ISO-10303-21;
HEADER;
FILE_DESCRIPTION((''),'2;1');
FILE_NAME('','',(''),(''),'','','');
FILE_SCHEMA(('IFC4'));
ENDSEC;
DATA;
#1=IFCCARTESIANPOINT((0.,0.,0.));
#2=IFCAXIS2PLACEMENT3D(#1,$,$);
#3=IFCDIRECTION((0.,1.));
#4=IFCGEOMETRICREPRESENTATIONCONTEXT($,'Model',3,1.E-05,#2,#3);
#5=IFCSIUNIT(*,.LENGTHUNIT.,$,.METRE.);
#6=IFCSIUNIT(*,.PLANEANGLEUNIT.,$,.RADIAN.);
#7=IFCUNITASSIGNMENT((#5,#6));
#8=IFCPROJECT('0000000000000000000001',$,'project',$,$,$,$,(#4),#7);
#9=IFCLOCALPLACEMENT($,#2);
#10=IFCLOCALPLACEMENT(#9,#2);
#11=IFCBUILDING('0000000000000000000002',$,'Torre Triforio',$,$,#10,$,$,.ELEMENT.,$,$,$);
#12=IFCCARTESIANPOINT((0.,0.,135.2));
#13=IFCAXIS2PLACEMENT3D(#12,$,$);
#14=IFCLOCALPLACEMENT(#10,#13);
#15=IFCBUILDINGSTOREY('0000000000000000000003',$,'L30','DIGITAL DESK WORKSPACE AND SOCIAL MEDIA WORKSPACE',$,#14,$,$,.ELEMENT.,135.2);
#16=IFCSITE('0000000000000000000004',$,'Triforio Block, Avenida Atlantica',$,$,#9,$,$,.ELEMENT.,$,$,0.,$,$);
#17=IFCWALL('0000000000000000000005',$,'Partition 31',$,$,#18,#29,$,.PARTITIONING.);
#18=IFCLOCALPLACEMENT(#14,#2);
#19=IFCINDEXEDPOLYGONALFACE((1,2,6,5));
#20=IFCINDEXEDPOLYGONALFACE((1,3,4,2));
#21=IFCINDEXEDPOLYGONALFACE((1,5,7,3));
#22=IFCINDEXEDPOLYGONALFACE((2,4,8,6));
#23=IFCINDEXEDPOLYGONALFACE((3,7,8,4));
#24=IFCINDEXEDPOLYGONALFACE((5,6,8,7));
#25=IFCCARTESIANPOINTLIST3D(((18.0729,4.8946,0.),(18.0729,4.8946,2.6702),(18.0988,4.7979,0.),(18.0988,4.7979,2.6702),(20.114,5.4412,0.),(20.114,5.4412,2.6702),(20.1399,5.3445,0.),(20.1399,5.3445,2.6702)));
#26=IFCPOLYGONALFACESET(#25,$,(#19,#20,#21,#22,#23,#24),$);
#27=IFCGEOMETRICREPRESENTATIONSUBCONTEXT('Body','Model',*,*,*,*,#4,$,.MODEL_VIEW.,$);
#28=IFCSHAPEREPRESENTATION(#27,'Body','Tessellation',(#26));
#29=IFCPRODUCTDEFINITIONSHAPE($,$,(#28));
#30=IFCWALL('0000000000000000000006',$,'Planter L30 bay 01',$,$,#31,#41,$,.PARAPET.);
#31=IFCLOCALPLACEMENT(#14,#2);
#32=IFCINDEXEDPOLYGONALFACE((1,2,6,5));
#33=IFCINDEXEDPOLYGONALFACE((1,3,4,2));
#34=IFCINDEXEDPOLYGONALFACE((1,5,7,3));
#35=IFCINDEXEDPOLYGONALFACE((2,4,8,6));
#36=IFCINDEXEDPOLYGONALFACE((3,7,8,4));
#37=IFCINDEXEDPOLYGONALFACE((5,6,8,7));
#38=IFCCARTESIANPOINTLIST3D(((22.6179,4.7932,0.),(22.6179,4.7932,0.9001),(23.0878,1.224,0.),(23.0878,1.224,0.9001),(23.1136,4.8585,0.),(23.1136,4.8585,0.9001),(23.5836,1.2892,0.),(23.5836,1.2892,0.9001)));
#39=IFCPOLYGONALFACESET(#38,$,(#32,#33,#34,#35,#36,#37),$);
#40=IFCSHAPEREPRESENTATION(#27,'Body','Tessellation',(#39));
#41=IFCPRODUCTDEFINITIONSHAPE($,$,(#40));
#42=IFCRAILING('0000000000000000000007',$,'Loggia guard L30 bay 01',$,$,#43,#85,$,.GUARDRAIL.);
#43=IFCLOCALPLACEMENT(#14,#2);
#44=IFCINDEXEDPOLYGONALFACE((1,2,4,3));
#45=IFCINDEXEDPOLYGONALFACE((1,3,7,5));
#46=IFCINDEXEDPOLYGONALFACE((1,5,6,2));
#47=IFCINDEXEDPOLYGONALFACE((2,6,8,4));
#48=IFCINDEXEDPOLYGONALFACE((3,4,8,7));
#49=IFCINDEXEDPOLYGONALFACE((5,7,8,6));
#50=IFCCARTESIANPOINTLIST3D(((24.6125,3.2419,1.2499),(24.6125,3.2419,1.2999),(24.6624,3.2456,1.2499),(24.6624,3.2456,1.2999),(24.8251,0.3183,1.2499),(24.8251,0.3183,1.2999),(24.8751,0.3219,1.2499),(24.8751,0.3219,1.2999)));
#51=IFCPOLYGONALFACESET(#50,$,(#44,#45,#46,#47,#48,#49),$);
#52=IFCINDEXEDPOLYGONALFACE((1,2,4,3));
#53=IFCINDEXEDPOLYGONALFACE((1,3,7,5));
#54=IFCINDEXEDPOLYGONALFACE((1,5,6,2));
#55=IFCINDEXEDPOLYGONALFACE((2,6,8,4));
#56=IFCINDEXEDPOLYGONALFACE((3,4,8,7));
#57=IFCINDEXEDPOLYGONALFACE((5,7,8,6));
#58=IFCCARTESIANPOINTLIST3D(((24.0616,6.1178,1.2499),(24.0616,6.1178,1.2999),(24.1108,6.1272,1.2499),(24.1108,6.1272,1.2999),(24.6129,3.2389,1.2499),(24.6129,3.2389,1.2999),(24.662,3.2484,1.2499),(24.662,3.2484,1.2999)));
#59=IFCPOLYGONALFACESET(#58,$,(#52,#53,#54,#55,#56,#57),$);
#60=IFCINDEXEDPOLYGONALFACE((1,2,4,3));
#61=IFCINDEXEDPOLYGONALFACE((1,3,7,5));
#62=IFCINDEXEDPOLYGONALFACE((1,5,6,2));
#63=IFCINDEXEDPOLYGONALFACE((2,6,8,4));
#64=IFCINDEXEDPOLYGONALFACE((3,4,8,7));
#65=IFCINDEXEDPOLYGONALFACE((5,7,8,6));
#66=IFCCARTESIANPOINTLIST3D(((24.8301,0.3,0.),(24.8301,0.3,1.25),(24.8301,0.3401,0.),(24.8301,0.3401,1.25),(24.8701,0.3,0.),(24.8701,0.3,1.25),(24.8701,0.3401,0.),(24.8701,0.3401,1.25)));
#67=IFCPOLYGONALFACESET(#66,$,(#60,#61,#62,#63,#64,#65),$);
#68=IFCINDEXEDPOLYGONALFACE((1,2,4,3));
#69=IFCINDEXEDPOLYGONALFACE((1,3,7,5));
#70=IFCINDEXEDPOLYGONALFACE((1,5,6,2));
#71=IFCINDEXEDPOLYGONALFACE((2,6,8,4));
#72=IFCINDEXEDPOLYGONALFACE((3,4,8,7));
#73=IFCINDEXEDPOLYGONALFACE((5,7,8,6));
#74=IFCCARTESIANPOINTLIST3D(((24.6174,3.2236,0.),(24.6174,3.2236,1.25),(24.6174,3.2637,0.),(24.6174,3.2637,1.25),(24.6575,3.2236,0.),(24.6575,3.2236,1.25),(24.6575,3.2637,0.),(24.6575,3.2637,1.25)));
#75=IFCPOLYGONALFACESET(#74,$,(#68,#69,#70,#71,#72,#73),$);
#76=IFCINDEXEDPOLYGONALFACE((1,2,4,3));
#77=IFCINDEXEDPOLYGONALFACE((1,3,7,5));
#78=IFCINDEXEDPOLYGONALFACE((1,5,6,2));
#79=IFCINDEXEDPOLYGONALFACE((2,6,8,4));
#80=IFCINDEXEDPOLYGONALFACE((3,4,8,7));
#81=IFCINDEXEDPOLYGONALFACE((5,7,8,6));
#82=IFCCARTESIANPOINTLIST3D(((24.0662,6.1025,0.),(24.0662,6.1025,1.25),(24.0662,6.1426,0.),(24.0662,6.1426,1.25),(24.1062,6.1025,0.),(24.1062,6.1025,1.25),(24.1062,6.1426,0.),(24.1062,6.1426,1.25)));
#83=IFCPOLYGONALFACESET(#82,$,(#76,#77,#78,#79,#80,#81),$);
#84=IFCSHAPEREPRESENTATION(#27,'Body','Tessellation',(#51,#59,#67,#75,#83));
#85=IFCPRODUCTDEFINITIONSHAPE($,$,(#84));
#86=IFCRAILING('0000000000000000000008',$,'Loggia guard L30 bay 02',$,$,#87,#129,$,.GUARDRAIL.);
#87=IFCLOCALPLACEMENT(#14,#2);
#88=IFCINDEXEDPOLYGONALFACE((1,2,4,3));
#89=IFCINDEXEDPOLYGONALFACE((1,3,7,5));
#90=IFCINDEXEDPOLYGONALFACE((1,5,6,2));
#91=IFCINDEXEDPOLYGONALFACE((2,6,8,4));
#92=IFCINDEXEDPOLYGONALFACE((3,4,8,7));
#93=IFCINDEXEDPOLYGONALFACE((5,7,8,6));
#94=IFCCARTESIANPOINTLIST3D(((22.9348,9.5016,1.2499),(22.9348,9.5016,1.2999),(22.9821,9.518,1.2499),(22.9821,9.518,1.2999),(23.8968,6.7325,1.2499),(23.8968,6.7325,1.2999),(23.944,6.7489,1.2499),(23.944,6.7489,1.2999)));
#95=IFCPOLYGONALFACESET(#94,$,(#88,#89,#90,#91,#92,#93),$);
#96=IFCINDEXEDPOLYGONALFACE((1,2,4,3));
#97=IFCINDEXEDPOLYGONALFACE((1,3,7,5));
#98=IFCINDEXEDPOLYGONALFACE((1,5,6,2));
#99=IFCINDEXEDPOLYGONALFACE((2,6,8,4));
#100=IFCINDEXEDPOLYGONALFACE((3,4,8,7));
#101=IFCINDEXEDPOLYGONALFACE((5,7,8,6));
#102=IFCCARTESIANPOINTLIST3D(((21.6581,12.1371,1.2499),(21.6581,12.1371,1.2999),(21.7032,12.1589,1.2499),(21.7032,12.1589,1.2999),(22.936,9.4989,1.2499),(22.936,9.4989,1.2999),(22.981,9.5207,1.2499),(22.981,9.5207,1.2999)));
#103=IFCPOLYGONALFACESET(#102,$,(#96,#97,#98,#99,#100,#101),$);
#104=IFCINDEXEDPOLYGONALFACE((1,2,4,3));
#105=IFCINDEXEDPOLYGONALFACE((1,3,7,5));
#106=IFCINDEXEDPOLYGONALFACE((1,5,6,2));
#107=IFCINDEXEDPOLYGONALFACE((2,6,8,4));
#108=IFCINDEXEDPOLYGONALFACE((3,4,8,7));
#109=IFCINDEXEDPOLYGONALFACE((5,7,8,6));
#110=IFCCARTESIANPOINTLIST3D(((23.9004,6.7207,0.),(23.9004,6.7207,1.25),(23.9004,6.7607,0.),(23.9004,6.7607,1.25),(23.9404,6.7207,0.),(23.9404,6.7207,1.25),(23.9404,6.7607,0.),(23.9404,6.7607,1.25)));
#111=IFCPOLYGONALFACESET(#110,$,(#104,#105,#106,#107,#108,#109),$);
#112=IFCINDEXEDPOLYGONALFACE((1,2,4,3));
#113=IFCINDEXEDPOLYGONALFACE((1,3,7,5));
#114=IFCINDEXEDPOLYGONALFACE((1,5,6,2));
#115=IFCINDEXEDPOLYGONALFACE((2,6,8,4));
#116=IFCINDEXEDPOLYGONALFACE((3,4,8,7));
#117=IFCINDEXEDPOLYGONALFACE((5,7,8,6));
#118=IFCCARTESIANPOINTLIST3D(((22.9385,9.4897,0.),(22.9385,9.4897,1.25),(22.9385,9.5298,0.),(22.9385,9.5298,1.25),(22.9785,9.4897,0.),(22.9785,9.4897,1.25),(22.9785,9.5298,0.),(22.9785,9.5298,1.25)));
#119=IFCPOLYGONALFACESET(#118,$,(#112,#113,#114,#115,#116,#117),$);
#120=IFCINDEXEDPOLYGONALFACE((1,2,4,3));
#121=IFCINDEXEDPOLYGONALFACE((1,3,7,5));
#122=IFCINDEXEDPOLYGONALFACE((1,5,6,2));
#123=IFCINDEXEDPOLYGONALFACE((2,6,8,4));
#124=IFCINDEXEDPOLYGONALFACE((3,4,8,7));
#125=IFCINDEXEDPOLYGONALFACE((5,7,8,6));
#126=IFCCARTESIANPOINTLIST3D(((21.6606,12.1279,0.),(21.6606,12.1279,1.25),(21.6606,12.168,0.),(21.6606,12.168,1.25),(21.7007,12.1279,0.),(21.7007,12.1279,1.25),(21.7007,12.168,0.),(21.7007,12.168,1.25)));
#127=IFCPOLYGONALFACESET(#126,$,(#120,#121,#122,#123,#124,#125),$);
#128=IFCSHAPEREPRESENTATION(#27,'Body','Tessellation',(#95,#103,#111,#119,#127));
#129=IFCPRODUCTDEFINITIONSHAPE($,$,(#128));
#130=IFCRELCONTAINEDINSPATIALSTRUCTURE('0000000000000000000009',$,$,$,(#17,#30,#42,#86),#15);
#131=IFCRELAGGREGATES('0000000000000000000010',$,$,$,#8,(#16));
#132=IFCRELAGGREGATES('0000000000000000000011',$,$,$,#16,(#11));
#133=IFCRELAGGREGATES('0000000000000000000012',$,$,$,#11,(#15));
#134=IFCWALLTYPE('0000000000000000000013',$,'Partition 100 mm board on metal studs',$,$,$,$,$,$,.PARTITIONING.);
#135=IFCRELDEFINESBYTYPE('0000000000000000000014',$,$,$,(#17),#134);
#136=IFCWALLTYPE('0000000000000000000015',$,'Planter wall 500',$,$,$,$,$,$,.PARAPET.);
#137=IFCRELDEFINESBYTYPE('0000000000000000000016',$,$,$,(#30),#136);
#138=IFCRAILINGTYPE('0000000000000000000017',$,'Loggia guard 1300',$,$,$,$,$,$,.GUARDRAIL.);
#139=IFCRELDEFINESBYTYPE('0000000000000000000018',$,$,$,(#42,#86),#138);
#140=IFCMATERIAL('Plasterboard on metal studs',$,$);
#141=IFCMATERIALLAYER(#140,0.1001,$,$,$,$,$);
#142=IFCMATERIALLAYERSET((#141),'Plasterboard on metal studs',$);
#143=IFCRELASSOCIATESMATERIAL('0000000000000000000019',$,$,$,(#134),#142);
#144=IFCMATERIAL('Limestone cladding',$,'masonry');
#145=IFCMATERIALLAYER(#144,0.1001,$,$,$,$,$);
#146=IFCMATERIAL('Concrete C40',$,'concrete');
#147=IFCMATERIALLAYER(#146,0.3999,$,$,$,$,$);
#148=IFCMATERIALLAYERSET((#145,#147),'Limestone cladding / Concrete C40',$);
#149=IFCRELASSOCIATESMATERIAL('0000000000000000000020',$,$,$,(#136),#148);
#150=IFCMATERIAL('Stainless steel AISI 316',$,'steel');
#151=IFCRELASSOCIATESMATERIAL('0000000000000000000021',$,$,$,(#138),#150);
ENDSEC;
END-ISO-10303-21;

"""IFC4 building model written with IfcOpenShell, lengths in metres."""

from ifc_helpers import new_model, si_unit, direction, frame, frame_2d, origin, origin_2d, place, context, subcontext, project, spatial, rectangle, extrude, material, layer, layer_set, type_object, element, save


model = new_model("IFC4")

# Units and contexts
model_context = context("Model", 3, precision=1e-05, world=origin(), true_north=direction((0.0, 1.0)))
body_context = subcontext(model_context, "Body", "Model", "MODEL_VIEW")
ifc_project = project(units=[si_unit("LENGTHUNIT", "METRE"), si_unit("PLANEANGLEUNIT", "RADIAN")], contexts=[model_context])

# Site, building, storey
site_placement = place(None, origin())
site = spatial("IfcSite", under=ifc_project, at=site_placement, Name="Triforio Block, Avenida Atlantica", CompositionType="ELEMENT", RefElevation=0.0)
building_placement = place(site_placement, origin())
building = spatial("IfcBuilding", under=site, at=building_placement, Name="Torre Triforio", CompositionType="ELEMENT")
storey_placement = place(building_placement, frame((0.0, 0.0, 135.2)))
storey = spatial("IfcBuildingStorey", under=building, at=storey_placement, Name="L30", Description="DIGITAL DESK WORKSPACE AND SOCIAL MEDIA WORKSPACE", CompositionType="ELEMENT", Elevation=135.2)

# Shared definitions
ifc_material_1 = material(Name="Plasterboard on metal studs")

# Walls
ifc_layer_1 = layer(ifc_material_1, 0.1001)
ifc_layer_set_1 = layer_set([ifc_layer_1], Name="Plasterboard on metal studs")
wall_type_1 = type_object("IfcWallType", Name="Partition 100 mm board on metal studs", PredefinedType="PARTITIONING", material=ifc_layer_set_1)
wall_1_placement = place(storey_placement, frame((18.0857, 4.8462, 0.0), z_axis=(0.0, 0.0, 1.0), x_axis=(0.965956, 0.258705, 0.0)))
element("IfcWall", 1, at=wall_1_placement, inside=storey, type_object=wall_type_1, Name="Partition 31", PredefinedType="PARTITIONING", context=body_context, shape_type="SweptSolid", body=[
    extrude(rectangle(XDim=2.113, YDim=0.1001, at=frame_2d((1.0566, 0.0))), origin(), (0.0, 0.0, 1.0), 2.6702),
])
ifc_material_2 = material(Name="Limestone cladding", Category="masonry")
ifc_layer_2 = layer(ifc_material_2, 0.1001)
ifc_material_3 = material(Name="Concrete C40", Category="concrete")
ifc_layer_3 = layer(ifc_material_3, 0.3999)
ifc_layer_set_2 = layer_set([ifc_layer_2, ifc_layer_3], Name="Limestone cladding / Concrete C40")
wall_type_2 = type_object("IfcWallType", Name="Planter wall 500", PredefinedType="PARAPET", material=ifc_layer_set_2)
wall_2_placement = place(storey_placement, frame((23.3357, 1.2566, 0.0), z_axis=(0.0, 0.0, 1.0), x_axis=(-0.130542, 0.991443, 0.0)))
element("IfcWall", 2, at=wall_2_placement, inside=storey, type_object=wall_type_2, Name="Planter L30 bay 01", PredefinedType="PARAPET", context=body_context, shape_type="SweptSolid", body=[
    extrude(rectangle(XDim=3.6001, YDim=0.5, at=frame_2d((1.8, 0.0))), origin(), (0.0, 0.0, 1.0), 0.9001),
])

# Railings
ifc_material_4 = material(Name="Stainless steel AISI 316", Category="steel")
railing_type = type_object("IfcRailingType", Name="Loggia guard 1300", PredefinedType="GUARDRAIL", material=ifc_material_4)
railing_1_placement = place(storey_placement, frame((24.8501, 0.3201, 0.0)))
element("IfcRailing", 3, at=railing_1_placement, inside=storey, type_object=railing_type, Name="Loggia guard L30 bay 01", PredefinedType="GUARDRAIL", context=body_context, shape_type="SweptSolid", body=[
    extrude(rectangle(XDim=0.05, YDim=0.05, at=origin_2d()), frame((0.0, 0.0, 1.2749), z_axis=(-0.072543, 0.997365, 0.0), x_axis=(-0.997365, -0.072543, 0.0)), (0.0, 0.0, 1.0), 2.9314),
    extrude(rectangle(XDim=0.05, YDim=0.05, at=origin_2d()), frame((-0.2126, 2.9236, 1.2749), z_axis=(-0.188069, 0.982156, 0.0), x_axis=(-0.982156, -0.188069, 0.0)), (0.0, 0.0, 1.0), 2.9312),
    extrude(rectangle(XDim=0.04, YDim=0.04, at=origin_2d()), origin(), (0.0, 0.0, 1.0), 1.25),
    extrude(rectangle(XDim=0.04, YDim=0.04, at=origin_2d()), frame((-0.2126, 2.9236, 0.0)), (0.0, 0.0, 1.0), 1.25),
    extrude(rectangle(XDim=0.04, YDim=0.04, at=origin_2d()), frame((-0.7639, 5.8025, 0.0)), (0.0, 0.0, 1.0), 1.25),
])
railing_2_placement = place(storey_placement, frame((23.9204, 6.7407, 0.0)))
element("IfcRailing", 4, at=railing_2_placement, inside=storey, type_object=railing_type, Name="Loggia guard L30 bay 02", PredefinedType="GUARDRAIL", context=body_context, shape_type="SweptSolid", body=[
    extrude(rectangle(XDim=0.05, YDim=0.05, at=origin_2d()), frame((0.0, 0.0, 1.2749), z_axis=(-0.328146, 0.944627, 0.0), x_axis=(-0.944627, -0.328146, 0.0)), (0.0, 0.0, 1.0), 2.9314),
    extrude(rectangle(XDim=0.05, YDim=0.05, at=origin_2d()), frame((-0.9619, 2.769, 1.2749), z_axis=(-0.435918, 0.899986, 0.0), x_axis=(-0.899986, -0.435918, 0.0)), (0.0, 0.0, 1.0), 2.9314),
    extrude(rectangle(XDim=0.04, YDim=0.04, at=origin_2d()), origin(), (0.0, 0.0, 1.0), 1.25),
    extrude(rectangle(XDim=0.04, YDim=0.04, at=origin_2d()), frame((-0.9619, 2.769, 0.0)), (0.0, 0.0, 1.0), 1.25),
    extrude(rectangle(XDim=0.04, YDim=0.04, at=origin_2d()), frame((-2.2397, 5.4072, 0.0)), (0.0, 0.0, 1.0), 1.25),
])

save(model, "model.ifc")
